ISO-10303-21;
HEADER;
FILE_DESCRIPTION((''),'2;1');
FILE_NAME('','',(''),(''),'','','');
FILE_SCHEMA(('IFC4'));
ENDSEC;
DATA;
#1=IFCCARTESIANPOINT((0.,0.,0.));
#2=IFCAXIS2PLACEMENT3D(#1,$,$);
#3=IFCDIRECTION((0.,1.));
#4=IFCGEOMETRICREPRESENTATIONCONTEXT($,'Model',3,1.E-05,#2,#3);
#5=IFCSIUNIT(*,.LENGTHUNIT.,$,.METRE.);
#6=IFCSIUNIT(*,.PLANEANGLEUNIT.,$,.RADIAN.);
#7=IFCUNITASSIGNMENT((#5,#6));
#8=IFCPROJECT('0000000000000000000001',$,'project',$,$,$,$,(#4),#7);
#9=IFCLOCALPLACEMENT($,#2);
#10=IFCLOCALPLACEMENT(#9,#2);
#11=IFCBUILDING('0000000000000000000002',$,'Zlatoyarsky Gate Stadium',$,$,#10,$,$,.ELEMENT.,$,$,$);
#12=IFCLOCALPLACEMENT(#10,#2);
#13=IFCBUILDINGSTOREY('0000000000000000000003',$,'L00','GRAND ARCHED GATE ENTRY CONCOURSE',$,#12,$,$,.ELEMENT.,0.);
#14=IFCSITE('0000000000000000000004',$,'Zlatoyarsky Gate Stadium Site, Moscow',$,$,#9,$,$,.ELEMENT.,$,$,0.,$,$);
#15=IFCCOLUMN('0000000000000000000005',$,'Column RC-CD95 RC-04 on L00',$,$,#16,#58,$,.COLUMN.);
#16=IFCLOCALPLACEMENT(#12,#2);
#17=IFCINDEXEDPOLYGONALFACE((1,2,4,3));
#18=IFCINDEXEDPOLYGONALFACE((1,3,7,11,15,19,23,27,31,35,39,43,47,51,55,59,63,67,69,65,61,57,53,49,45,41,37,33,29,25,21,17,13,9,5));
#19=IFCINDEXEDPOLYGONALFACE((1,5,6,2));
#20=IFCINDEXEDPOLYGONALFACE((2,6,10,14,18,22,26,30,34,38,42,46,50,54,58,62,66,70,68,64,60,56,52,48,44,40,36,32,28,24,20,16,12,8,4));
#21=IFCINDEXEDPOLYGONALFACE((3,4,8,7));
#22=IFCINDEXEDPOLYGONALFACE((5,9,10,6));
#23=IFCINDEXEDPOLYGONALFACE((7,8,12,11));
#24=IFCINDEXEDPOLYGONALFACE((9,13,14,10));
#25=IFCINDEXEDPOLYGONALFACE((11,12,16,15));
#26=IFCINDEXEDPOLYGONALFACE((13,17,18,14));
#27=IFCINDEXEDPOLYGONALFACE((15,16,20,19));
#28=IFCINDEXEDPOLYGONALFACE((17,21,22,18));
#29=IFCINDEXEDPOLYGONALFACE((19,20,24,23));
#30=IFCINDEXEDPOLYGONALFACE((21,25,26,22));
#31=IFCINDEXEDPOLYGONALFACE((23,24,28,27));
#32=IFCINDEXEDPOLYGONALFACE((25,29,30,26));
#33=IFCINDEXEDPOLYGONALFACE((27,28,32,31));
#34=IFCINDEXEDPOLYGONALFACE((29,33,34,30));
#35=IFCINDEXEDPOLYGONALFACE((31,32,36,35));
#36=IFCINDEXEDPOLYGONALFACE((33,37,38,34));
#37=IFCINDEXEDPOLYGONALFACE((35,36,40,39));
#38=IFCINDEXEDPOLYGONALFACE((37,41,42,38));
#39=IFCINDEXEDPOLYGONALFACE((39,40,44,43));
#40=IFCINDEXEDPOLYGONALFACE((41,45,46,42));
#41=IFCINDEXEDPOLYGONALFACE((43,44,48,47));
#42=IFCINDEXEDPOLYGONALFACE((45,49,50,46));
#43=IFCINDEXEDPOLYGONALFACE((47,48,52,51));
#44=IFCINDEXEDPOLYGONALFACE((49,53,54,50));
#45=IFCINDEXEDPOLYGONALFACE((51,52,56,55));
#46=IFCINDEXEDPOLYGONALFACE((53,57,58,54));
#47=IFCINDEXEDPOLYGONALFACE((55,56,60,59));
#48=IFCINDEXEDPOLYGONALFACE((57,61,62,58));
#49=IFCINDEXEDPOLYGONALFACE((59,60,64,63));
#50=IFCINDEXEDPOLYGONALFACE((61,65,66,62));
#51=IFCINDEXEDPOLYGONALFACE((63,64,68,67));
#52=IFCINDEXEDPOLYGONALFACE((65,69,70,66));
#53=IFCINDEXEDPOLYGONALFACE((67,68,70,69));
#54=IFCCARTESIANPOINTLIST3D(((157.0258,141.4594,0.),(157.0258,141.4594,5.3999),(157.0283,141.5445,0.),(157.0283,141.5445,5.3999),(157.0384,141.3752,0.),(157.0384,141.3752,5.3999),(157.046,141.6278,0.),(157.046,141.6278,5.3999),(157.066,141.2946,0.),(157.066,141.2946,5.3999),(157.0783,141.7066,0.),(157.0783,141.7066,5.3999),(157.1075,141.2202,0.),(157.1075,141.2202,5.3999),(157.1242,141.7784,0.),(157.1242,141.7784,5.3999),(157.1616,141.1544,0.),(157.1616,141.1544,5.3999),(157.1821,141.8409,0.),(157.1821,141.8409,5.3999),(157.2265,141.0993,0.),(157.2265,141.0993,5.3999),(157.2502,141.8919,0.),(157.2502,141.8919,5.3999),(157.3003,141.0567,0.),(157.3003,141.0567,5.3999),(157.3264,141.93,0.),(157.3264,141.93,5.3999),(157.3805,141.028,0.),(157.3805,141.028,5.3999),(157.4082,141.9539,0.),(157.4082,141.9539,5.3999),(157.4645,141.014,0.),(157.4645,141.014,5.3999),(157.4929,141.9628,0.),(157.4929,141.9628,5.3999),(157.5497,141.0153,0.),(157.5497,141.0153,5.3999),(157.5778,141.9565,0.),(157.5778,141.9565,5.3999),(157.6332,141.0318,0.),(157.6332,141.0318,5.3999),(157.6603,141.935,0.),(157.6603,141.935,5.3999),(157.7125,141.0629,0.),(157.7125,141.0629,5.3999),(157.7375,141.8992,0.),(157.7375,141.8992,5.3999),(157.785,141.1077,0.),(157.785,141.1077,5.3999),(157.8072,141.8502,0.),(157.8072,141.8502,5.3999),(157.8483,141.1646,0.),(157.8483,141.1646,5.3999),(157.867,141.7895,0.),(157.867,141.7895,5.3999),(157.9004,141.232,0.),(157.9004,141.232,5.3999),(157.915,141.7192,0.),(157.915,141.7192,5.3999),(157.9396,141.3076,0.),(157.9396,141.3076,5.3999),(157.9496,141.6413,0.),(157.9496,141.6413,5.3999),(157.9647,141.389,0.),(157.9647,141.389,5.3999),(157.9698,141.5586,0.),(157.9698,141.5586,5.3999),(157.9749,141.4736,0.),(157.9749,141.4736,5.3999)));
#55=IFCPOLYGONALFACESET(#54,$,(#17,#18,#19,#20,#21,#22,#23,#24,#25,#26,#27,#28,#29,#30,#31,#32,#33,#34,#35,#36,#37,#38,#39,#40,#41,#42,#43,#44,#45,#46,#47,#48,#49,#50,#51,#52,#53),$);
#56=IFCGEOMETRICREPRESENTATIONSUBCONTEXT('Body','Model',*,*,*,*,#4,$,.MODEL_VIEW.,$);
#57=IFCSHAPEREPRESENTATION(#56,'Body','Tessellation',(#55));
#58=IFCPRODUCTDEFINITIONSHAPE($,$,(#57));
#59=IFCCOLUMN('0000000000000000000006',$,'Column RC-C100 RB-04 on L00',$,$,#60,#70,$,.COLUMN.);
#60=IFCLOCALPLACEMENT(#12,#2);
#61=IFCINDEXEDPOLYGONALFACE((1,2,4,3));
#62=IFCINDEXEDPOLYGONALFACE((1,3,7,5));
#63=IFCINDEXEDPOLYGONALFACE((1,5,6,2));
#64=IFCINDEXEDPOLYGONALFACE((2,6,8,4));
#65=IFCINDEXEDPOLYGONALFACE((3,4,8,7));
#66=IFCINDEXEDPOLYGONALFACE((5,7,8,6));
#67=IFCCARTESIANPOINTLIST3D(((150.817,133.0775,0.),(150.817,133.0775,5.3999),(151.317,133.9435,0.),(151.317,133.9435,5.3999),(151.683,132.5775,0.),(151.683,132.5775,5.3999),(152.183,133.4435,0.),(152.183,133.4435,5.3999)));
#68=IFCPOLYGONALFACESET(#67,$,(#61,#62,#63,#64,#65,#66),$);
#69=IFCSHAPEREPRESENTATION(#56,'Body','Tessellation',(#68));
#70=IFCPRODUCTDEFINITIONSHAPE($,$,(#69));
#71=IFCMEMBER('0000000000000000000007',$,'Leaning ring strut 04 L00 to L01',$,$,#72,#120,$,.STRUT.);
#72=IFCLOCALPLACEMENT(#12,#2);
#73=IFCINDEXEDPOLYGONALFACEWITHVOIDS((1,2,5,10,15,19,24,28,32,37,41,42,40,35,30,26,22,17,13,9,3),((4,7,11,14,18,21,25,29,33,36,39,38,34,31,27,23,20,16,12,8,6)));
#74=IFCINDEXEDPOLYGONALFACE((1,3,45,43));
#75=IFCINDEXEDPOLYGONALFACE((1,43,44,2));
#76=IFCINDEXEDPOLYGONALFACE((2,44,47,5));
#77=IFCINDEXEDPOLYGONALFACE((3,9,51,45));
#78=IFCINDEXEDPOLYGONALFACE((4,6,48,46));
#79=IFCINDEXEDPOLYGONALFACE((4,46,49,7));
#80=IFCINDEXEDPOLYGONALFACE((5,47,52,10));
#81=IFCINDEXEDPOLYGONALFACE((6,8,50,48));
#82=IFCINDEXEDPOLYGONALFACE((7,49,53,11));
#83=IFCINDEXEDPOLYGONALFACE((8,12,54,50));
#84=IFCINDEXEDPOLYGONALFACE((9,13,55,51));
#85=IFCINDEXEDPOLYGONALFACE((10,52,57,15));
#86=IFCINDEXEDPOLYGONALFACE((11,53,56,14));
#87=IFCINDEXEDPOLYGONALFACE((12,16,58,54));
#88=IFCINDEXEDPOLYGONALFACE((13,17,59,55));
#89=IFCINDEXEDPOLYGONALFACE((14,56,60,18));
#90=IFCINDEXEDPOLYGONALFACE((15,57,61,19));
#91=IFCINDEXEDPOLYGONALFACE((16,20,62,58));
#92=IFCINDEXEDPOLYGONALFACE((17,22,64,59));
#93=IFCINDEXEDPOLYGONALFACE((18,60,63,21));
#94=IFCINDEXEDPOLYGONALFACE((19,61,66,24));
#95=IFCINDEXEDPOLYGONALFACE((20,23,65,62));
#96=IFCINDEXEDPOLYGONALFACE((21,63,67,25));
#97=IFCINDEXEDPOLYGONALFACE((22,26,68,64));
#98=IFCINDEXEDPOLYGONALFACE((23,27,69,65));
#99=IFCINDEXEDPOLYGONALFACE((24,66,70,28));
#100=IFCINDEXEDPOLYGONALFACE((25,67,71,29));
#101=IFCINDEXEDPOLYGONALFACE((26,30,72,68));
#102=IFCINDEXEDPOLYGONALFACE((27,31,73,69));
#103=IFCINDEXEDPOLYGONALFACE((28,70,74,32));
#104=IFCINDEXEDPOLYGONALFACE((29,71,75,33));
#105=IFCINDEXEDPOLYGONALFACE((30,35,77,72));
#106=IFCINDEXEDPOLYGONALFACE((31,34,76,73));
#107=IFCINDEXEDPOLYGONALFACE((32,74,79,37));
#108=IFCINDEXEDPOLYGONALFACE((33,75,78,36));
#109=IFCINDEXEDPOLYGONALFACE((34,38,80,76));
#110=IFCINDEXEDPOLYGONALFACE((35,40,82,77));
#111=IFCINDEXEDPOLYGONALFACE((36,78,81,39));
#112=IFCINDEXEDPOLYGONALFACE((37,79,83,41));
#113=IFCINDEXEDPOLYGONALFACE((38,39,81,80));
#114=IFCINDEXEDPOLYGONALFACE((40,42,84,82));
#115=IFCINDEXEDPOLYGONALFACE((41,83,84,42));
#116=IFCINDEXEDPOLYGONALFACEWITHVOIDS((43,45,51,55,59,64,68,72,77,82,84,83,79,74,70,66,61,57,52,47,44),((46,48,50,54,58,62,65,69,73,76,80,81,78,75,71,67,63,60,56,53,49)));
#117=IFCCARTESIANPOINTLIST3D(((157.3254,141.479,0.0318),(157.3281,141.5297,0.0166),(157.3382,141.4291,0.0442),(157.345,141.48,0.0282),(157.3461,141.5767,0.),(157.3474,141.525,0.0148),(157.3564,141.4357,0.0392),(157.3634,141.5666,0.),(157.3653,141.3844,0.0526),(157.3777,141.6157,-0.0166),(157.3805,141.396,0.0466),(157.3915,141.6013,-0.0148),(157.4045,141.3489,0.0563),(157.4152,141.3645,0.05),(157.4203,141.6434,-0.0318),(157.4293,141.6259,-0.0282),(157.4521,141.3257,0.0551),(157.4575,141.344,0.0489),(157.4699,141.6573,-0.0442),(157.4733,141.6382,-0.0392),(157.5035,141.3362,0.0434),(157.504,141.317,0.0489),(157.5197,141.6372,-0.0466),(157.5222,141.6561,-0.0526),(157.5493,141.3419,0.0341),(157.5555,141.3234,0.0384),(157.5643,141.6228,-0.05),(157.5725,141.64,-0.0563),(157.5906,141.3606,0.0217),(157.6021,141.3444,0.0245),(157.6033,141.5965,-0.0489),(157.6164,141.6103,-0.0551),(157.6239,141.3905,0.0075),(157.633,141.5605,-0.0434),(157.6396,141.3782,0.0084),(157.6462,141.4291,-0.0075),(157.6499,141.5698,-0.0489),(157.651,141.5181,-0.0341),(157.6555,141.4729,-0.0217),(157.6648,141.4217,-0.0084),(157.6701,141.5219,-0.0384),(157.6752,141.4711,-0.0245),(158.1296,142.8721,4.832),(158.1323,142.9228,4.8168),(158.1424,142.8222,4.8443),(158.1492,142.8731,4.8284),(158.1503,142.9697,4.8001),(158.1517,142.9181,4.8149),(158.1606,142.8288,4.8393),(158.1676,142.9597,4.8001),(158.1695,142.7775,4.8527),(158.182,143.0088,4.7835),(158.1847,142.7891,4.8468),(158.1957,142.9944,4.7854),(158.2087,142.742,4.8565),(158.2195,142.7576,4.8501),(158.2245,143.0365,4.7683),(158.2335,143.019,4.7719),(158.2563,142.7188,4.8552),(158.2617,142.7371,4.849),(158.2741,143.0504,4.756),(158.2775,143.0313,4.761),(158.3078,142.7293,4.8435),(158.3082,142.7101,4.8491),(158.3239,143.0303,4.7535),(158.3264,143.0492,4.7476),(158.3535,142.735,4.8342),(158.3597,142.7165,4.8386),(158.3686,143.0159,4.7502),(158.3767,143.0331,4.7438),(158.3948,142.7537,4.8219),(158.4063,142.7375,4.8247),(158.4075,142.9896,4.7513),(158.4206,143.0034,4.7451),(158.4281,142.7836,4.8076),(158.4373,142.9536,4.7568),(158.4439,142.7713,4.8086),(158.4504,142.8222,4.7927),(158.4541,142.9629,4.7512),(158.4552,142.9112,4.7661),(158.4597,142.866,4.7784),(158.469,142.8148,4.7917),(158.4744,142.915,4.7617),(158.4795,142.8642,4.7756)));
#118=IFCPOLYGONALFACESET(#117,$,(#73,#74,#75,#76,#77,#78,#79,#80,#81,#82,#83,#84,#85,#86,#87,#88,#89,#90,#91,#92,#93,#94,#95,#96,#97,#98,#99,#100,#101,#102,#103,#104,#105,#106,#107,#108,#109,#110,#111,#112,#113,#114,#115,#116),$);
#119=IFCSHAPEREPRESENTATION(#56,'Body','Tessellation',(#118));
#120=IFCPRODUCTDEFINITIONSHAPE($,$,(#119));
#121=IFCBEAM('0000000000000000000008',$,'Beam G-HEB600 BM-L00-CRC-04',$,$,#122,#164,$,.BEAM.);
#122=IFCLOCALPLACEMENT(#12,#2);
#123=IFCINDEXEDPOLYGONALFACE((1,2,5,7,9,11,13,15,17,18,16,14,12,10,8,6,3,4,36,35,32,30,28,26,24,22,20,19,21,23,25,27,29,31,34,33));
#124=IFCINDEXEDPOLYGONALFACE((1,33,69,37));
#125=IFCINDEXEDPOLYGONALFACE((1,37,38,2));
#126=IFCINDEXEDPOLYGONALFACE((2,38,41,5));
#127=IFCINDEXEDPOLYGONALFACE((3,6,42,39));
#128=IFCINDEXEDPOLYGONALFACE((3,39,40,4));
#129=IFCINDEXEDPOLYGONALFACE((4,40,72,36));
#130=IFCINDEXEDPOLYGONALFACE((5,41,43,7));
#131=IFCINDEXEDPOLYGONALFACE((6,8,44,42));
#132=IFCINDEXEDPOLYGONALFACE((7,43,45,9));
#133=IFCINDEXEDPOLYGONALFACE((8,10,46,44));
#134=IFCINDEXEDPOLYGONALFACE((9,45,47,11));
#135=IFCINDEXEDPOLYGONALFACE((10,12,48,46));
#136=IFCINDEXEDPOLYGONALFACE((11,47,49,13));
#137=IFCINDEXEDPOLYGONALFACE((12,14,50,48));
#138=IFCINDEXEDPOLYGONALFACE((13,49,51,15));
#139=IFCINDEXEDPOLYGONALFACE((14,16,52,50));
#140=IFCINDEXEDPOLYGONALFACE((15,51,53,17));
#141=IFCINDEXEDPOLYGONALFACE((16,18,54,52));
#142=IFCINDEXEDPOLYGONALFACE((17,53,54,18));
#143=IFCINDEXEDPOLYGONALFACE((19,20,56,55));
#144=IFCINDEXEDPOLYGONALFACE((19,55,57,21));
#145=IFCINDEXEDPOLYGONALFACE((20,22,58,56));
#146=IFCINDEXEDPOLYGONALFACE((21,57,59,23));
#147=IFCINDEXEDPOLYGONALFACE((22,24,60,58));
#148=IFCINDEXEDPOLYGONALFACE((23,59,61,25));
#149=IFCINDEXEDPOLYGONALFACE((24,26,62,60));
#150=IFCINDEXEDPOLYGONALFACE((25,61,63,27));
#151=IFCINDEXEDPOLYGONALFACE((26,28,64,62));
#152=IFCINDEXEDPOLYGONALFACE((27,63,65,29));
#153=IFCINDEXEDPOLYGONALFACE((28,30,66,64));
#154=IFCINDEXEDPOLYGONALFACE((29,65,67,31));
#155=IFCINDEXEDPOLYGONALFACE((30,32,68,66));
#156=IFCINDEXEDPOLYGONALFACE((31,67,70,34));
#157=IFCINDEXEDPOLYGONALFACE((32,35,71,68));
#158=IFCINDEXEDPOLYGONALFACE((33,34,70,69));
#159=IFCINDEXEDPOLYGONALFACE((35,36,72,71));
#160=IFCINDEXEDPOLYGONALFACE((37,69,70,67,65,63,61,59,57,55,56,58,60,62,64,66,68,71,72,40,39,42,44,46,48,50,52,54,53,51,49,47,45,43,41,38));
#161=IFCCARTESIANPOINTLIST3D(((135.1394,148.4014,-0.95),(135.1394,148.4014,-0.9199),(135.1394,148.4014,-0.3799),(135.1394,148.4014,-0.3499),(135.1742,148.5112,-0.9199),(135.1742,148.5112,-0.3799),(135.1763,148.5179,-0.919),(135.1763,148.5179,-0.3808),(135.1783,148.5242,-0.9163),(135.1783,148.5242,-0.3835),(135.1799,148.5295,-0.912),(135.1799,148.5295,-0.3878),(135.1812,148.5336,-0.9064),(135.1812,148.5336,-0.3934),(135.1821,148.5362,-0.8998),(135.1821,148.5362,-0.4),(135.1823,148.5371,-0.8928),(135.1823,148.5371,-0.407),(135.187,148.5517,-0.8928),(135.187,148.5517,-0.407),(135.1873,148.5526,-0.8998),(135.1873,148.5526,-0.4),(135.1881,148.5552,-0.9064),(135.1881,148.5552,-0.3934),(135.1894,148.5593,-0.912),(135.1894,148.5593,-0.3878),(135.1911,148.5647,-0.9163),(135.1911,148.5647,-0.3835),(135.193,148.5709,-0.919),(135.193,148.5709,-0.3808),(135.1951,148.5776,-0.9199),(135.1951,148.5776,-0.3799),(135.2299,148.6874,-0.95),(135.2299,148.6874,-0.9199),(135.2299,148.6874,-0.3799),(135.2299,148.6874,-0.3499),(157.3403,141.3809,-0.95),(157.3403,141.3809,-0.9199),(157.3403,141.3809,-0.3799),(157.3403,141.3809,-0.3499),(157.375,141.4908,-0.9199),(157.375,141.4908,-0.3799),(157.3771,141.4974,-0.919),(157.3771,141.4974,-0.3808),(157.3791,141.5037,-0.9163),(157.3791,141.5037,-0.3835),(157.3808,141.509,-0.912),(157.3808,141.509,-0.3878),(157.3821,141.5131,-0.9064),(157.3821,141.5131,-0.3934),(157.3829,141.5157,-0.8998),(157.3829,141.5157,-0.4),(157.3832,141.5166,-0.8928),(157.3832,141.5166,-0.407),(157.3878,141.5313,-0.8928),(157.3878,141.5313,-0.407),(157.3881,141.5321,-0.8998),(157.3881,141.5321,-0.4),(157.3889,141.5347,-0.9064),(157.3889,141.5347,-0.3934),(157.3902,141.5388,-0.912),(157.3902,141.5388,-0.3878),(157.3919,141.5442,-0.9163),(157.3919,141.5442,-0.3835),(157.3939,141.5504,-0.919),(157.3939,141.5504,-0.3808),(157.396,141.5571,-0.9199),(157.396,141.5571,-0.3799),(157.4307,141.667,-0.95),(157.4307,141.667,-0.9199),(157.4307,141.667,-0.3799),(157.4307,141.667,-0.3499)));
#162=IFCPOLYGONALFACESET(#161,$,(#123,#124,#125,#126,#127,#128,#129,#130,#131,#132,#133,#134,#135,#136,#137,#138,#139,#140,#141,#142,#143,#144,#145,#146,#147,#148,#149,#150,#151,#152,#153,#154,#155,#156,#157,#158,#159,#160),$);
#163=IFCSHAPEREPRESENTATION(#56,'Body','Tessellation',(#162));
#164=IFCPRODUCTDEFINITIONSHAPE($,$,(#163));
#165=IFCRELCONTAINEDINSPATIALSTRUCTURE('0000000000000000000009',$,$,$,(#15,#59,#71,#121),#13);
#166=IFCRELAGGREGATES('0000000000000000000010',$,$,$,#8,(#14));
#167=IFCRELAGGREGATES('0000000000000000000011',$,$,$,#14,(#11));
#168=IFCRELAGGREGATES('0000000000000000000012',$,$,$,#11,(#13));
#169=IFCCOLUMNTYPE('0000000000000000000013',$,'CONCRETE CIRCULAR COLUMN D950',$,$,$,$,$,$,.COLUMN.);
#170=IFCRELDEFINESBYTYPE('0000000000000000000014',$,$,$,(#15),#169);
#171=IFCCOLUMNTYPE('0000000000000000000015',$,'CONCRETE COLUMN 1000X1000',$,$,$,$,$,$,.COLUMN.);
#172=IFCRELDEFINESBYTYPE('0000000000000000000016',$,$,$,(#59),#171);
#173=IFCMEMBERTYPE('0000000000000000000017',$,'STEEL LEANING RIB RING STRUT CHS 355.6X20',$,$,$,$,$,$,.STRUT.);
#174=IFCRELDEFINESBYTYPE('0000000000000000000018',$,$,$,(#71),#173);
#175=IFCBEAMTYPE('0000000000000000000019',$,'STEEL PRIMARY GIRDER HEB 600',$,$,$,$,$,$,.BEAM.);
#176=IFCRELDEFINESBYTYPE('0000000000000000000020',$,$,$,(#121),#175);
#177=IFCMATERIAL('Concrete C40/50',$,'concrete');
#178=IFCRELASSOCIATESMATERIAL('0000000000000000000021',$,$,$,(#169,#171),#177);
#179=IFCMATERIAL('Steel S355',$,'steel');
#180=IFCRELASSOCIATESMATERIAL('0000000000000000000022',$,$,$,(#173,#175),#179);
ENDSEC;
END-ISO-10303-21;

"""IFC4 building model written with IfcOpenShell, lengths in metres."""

from ifc_helpers import new_model, si_unit, direction, frame, origin, origin_2d, place, context, subcontext, project, spatial, rectangle, circle, hollow_circle, i_section, extrude, material, material_profile, profile_set, type_object, element, save


model = new_model("IFC4")

# Units and contexts
model_context = context("Model", 3, precision=1e-05, world=origin(), true_north=direction((0.0, 1.0)))
body_context = subcontext(model_context, "Body", "Model", "MODEL_VIEW")
ifc_project = project(units=[si_unit("LENGTHUNIT", "METRE"), si_unit("PLANEANGLEUNIT", "RADIAN")], contexts=[model_context])

# Site, building, storey
site_placement = place(None, origin())
site = spatial("IfcSite", under=ifc_project, at=site_placement, Name="Zlatoyarsky Gate Stadium Site, Moscow", CompositionType="ELEMENT", RefElevation=0.0)
building_placement = place(site_placement, origin())
building = spatial("IfcBuilding", under=site, at=building_placement, Name="Zlatoyarsky Gate Stadium", CompositionType="ELEMENT")
storey_placement = place(building_placement, origin())
storey = spatial("IfcBuildingStorey", under=building, at=storey_placement, Name="L00", Description="GRAND ARCHED GATE ENTRY CONCOURSE", CompositionType="ELEMENT", Elevation=0.0)

# Columns
ifc_material_1 = material(Name="Concrete C40/50", Category="concrete")
ifc_material_profile_1 = material_profile(ifc_material_1, circle(Radius=0.4751, at=origin_2d()), Name="RC COL D950")
ifc_profile_set_1 = profile_set([ifc_material_profile_1], Name="Concrete C40/50")
column_type_1 = type_object("IfcColumnType", Name="CONCRETE CIRCULAR COLUMN D950", PredefinedType="COLUMN", material=ifc_profile_set_1)
column_1_placement = place(storey_placement, frame((157.5, 141.4878, 0.0), z_axis=(0.0, 0.0, 1.0), x_axis=(0.5, 0.866025, 0.0)))
element("IfcColumn", 1, at=column_1_placement, inside=storey, type_object=column_type_1, Name="Column RC-CD95 RC-04 on L00", PredefinedType="COLUMN", context=body_context, shape_type="SweptSolid", body=[
    extrude(circle(Radius=0.4751, at=origin_2d()), origin(), (0.0, 0.0, 1.0), 5.3999),
])
ifc_material_profile_2 = material_profile(ifc_material_1, rectangle(XDim=1.0, YDim=1.0, at=origin_2d()), Name="RC COL 1000X1000")
ifc_profile_set_2 = profile_set([ifc_material_profile_2], Name="Concrete C40/50")
column_type_2 = type_object("IfcColumnType", Name="CONCRETE COLUMN 1000X1000", PredefinedType="COLUMN", material=ifc_profile_set_2)
column_2_placement = place(storey_placement, frame((151.5, 133.2605, 0.0), z_axis=(0.0, 0.0, 1.0), x_axis=(0.5, 0.866025, 0.0)))
element("IfcColumn", 2, at=column_2_placement, inside=storey, type_object=column_type_2, Name="Column RC-C100 RB-04 on L00", PredefinedType="COLUMN", context=body_context, shape_type="SweptSolid", body=[
    extrude(rectangle(XDim=1.0, YDim=1.0, at=origin_2d()), origin(), (0.0, 0.0, 1.0), 5.3999),
])

# Member
ifc_material_2 = material(Name="Steel S355", Category="steel")
ifc_material_profile_3 = material_profile(ifc_material_2, hollow_circle(Radius=0.1777, WallThickness=0.02, at=origin_2d()), Name="CHS 355.6X20")
ifc_profile_set_3 = profile_set([ifc_material_profile_3], Name="Steel S355")
member_type = type_object("IfcMemberType", Name="STEEL LEANING RIB RING STRUT CHS 355.6X20", PredefinedType="STRUT", material=ifc_profile_set_3)
member_placement = place(storey_placement, frame((157.5, 141.4878, 0.0), z_axis=(0.158857, 0.275179, 0.948178), x_axis=(-0.866049, 0.499959, 0.0)))
element("IfcMember", 3, at=member_placement, inside=storey, type_object=member_type, Name="Leaning ring strut 04 L00 to L01", PredefinedType="STRUT", context=body_context, shape_type="SweptSolid", body=[
    extrude(hollow_circle(Radius=0.1777, WallThickness=0.02, at=origin_2d()), origin(), (0.0, 0.0, 1.0), 5.0625),
])

# Beam
ifc_material_profile_4 = material_profile(ifc_material_2, i_section(OverallWidth=0.3, OverallDepth=0.6001, WebThickness=0.0154, FlangeThickness=0.03, FilletRadius=0.0271, at=origin_2d()), Name="HEB 600")
ifc_profile_set_4 = profile_set([ifc_material_profile_4], Name="Steel S355")
beam_type_1 = type_object("IfcBeamType", Name="STEEL PRIMARY GIRDER HEB 600", PredefinedType="BEAM", material=ifc_profile_set_4)
beam_1_placement = place(storey_placement, frame((157.3855, 141.5239, -0.6499), z_axis=(-0.953463, 0.30151, 0.0), x_axis=(-0.30151, -0.953463, 0.0)))
element("IfcBeam", 4, at=beam_1_placement, inside=storey, type_object=beam_type_1, Name="Beam G-HEB600 BM-L00-CRC-04", PredefinedType="BEAM", context=body_context, shape_type="SweptSolid", body=[
    extrude(i_section(OverallWidth=0.3, OverallDepth=0.6001, WebThickness=0.0154, FlangeThickness=0.03, FilletRadius=0.0271, at=origin_2d()), origin(), (0.0, 0.0, 1.0), 23.2844),
])

save(model, "model.ifc")
